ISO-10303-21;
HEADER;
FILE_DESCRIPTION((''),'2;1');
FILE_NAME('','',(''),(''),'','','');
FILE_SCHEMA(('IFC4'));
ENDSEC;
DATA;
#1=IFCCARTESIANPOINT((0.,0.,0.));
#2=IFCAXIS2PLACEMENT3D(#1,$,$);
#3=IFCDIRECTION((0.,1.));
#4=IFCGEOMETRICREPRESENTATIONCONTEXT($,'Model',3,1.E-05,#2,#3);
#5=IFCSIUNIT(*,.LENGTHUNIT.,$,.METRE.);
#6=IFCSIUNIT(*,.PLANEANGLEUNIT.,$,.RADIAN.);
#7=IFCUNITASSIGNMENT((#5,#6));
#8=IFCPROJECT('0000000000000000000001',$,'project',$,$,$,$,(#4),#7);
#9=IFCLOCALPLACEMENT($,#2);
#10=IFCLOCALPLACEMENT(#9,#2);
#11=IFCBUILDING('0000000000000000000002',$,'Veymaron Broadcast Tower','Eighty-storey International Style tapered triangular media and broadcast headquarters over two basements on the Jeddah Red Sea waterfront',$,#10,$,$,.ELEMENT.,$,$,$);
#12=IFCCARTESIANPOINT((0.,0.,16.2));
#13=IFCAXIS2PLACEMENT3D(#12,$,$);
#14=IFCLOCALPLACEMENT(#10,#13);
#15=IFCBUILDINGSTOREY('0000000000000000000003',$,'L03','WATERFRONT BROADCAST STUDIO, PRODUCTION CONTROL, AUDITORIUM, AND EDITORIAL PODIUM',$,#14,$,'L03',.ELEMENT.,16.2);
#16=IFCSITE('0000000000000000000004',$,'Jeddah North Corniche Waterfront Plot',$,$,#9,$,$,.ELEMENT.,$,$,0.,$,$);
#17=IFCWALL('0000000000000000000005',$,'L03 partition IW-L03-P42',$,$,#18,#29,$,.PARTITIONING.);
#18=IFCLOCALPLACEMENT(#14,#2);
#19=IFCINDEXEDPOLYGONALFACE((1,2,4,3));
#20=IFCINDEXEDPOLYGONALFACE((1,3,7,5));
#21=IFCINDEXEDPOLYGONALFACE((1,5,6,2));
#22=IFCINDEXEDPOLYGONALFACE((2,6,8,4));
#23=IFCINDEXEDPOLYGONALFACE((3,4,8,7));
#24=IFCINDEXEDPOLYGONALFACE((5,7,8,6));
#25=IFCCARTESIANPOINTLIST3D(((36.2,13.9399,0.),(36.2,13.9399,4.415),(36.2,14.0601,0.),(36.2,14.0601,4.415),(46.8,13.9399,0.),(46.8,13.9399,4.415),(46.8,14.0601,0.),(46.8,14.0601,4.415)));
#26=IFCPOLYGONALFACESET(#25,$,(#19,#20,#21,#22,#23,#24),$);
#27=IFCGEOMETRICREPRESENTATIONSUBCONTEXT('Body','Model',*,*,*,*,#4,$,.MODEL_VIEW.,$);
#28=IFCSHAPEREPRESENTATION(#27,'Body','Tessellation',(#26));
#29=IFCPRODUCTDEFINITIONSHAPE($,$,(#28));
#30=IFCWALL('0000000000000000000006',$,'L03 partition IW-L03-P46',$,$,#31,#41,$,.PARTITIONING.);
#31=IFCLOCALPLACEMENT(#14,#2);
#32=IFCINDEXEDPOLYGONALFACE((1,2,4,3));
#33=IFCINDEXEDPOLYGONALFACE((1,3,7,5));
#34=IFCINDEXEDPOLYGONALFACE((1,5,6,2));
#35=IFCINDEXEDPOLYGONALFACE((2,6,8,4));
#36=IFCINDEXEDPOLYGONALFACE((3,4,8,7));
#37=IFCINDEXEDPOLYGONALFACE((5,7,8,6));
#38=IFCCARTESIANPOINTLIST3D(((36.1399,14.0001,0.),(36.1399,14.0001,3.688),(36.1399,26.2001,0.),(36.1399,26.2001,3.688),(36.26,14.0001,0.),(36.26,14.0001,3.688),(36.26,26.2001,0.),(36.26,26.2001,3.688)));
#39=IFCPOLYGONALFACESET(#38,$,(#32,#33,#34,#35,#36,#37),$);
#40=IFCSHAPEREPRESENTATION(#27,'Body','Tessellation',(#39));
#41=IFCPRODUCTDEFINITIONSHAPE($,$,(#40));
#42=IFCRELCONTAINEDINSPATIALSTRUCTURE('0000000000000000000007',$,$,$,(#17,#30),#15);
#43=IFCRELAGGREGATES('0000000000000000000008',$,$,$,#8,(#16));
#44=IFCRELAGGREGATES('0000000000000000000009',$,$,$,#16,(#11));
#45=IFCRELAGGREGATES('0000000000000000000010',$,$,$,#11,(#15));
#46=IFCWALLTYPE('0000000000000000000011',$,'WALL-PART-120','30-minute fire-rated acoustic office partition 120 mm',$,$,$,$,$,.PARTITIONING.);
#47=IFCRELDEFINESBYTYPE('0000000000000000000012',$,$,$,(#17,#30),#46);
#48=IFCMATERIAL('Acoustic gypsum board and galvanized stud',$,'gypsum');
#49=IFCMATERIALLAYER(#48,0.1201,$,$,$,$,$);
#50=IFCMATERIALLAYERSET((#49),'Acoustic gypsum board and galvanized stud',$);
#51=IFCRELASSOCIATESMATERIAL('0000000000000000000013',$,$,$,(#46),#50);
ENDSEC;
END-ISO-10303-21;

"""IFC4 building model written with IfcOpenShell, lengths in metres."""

from ifc_helpers import new_model, si_unit, direction, frame, frame_2d, origin, place, context, subcontext, project, spatial, rectangle, extrude, material, layer, layer_set, type_object, element, save


model = new_model("IFC4")

# Units and contexts
model_context = context("Model", 3, precision=1e-05, world=origin(), true_north=direction((0.0, 1.0)))
body_context = subcontext(model_context, "Body", "Model", "MODEL_VIEW")
ifc_project = project(units=[si_unit("LENGTHUNIT", "METRE"), si_unit("PLANEANGLEUNIT", "RADIAN")], contexts=[model_context])

# Site, building, storey
site_placement = place(None, origin())
site = spatial("IfcSite", under=ifc_project, at=site_placement, Name="Jeddah North Corniche Waterfront Plot", CompositionType="ELEMENT", RefElevation=0.0)
building_placement = place(site_placement, origin())
building = spatial("IfcBuilding", under=site, at=building_placement, Name="Veymaron Broadcast Tower", Description="Eighty-storey International Style tapered triangular media and broadcast headquarters over two basements on the Jeddah Red Sea waterfront", CompositionType="ELEMENT")
storey_placement = place(building_placement, frame((0.0, 0.0, 16.2)))
storey = spatial("IfcBuildingStorey", under=building, at=storey_placement, Name="L03", Description="WATERFRONT BROADCAST STUDIO, PRODUCTION CONTROL, AUDITORIUM, AND EDITORIAL PODIUM", LongName="L03", CompositionType="ELEMENT", Elevation=16.2)

# Walls
ifc_material_1 = material(Name="Acoustic gypsum board and galvanized stud", Category="gypsum")
ifc_layer_1 = layer(ifc_material_1, 0.1201)
ifc_layer_set_1 = layer_set([ifc_layer_1], Name="Acoustic gypsum board and galvanized stud")
wall_type_1 = type_object("IfcWallType", Name="WALL-PART-120", Description="30-minute fire-rated acoustic office partition 120 mm", PredefinedType="PARTITIONING", material=ifc_layer_set_1)
wall_1_placement = place(storey_placement, frame((36.2, 14.0, 0.0), z_axis=(0.0, 0.0, 1.0), x_axis=(1.0, 0.0, 0.0)))
element("IfcWall", 1, at=wall_1_placement, inside=storey, type_object=wall_type_1, Name="L03 partition IW-L03-P42", PredefinedType="PARTITIONING", context=body_context, shape_type="SweptSolid", body=[
    extrude(rectangle(XDim=10.6001, YDim=0.1201, at=frame_2d((5.3, 0.0))), origin(), (0.0, 0.0, 1.0), 4.415),
])
wall_2_placement = place(storey_placement, frame((36.2, 14.0, 0.0), z_axis=(0.0, 0.0, 1.0), x_axis=(0.0, 1.0, 0.0)))
element("IfcWall", 2, at=wall_2_placement, inside=storey, type_object=wall_type_1, Name="L03 partition IW-L03-P46", PredefinedType="PARTITIONING", context=body_context, shape_type="SweptSolid", body=[
    extrude(rectangle(XDim=12.2, YDim=0.1201, at=frame_2d((6.1001, 0.0))), origin(), (0.0, 0.0, 1.0), 3.688),
])

save(model, "model.ifc")
